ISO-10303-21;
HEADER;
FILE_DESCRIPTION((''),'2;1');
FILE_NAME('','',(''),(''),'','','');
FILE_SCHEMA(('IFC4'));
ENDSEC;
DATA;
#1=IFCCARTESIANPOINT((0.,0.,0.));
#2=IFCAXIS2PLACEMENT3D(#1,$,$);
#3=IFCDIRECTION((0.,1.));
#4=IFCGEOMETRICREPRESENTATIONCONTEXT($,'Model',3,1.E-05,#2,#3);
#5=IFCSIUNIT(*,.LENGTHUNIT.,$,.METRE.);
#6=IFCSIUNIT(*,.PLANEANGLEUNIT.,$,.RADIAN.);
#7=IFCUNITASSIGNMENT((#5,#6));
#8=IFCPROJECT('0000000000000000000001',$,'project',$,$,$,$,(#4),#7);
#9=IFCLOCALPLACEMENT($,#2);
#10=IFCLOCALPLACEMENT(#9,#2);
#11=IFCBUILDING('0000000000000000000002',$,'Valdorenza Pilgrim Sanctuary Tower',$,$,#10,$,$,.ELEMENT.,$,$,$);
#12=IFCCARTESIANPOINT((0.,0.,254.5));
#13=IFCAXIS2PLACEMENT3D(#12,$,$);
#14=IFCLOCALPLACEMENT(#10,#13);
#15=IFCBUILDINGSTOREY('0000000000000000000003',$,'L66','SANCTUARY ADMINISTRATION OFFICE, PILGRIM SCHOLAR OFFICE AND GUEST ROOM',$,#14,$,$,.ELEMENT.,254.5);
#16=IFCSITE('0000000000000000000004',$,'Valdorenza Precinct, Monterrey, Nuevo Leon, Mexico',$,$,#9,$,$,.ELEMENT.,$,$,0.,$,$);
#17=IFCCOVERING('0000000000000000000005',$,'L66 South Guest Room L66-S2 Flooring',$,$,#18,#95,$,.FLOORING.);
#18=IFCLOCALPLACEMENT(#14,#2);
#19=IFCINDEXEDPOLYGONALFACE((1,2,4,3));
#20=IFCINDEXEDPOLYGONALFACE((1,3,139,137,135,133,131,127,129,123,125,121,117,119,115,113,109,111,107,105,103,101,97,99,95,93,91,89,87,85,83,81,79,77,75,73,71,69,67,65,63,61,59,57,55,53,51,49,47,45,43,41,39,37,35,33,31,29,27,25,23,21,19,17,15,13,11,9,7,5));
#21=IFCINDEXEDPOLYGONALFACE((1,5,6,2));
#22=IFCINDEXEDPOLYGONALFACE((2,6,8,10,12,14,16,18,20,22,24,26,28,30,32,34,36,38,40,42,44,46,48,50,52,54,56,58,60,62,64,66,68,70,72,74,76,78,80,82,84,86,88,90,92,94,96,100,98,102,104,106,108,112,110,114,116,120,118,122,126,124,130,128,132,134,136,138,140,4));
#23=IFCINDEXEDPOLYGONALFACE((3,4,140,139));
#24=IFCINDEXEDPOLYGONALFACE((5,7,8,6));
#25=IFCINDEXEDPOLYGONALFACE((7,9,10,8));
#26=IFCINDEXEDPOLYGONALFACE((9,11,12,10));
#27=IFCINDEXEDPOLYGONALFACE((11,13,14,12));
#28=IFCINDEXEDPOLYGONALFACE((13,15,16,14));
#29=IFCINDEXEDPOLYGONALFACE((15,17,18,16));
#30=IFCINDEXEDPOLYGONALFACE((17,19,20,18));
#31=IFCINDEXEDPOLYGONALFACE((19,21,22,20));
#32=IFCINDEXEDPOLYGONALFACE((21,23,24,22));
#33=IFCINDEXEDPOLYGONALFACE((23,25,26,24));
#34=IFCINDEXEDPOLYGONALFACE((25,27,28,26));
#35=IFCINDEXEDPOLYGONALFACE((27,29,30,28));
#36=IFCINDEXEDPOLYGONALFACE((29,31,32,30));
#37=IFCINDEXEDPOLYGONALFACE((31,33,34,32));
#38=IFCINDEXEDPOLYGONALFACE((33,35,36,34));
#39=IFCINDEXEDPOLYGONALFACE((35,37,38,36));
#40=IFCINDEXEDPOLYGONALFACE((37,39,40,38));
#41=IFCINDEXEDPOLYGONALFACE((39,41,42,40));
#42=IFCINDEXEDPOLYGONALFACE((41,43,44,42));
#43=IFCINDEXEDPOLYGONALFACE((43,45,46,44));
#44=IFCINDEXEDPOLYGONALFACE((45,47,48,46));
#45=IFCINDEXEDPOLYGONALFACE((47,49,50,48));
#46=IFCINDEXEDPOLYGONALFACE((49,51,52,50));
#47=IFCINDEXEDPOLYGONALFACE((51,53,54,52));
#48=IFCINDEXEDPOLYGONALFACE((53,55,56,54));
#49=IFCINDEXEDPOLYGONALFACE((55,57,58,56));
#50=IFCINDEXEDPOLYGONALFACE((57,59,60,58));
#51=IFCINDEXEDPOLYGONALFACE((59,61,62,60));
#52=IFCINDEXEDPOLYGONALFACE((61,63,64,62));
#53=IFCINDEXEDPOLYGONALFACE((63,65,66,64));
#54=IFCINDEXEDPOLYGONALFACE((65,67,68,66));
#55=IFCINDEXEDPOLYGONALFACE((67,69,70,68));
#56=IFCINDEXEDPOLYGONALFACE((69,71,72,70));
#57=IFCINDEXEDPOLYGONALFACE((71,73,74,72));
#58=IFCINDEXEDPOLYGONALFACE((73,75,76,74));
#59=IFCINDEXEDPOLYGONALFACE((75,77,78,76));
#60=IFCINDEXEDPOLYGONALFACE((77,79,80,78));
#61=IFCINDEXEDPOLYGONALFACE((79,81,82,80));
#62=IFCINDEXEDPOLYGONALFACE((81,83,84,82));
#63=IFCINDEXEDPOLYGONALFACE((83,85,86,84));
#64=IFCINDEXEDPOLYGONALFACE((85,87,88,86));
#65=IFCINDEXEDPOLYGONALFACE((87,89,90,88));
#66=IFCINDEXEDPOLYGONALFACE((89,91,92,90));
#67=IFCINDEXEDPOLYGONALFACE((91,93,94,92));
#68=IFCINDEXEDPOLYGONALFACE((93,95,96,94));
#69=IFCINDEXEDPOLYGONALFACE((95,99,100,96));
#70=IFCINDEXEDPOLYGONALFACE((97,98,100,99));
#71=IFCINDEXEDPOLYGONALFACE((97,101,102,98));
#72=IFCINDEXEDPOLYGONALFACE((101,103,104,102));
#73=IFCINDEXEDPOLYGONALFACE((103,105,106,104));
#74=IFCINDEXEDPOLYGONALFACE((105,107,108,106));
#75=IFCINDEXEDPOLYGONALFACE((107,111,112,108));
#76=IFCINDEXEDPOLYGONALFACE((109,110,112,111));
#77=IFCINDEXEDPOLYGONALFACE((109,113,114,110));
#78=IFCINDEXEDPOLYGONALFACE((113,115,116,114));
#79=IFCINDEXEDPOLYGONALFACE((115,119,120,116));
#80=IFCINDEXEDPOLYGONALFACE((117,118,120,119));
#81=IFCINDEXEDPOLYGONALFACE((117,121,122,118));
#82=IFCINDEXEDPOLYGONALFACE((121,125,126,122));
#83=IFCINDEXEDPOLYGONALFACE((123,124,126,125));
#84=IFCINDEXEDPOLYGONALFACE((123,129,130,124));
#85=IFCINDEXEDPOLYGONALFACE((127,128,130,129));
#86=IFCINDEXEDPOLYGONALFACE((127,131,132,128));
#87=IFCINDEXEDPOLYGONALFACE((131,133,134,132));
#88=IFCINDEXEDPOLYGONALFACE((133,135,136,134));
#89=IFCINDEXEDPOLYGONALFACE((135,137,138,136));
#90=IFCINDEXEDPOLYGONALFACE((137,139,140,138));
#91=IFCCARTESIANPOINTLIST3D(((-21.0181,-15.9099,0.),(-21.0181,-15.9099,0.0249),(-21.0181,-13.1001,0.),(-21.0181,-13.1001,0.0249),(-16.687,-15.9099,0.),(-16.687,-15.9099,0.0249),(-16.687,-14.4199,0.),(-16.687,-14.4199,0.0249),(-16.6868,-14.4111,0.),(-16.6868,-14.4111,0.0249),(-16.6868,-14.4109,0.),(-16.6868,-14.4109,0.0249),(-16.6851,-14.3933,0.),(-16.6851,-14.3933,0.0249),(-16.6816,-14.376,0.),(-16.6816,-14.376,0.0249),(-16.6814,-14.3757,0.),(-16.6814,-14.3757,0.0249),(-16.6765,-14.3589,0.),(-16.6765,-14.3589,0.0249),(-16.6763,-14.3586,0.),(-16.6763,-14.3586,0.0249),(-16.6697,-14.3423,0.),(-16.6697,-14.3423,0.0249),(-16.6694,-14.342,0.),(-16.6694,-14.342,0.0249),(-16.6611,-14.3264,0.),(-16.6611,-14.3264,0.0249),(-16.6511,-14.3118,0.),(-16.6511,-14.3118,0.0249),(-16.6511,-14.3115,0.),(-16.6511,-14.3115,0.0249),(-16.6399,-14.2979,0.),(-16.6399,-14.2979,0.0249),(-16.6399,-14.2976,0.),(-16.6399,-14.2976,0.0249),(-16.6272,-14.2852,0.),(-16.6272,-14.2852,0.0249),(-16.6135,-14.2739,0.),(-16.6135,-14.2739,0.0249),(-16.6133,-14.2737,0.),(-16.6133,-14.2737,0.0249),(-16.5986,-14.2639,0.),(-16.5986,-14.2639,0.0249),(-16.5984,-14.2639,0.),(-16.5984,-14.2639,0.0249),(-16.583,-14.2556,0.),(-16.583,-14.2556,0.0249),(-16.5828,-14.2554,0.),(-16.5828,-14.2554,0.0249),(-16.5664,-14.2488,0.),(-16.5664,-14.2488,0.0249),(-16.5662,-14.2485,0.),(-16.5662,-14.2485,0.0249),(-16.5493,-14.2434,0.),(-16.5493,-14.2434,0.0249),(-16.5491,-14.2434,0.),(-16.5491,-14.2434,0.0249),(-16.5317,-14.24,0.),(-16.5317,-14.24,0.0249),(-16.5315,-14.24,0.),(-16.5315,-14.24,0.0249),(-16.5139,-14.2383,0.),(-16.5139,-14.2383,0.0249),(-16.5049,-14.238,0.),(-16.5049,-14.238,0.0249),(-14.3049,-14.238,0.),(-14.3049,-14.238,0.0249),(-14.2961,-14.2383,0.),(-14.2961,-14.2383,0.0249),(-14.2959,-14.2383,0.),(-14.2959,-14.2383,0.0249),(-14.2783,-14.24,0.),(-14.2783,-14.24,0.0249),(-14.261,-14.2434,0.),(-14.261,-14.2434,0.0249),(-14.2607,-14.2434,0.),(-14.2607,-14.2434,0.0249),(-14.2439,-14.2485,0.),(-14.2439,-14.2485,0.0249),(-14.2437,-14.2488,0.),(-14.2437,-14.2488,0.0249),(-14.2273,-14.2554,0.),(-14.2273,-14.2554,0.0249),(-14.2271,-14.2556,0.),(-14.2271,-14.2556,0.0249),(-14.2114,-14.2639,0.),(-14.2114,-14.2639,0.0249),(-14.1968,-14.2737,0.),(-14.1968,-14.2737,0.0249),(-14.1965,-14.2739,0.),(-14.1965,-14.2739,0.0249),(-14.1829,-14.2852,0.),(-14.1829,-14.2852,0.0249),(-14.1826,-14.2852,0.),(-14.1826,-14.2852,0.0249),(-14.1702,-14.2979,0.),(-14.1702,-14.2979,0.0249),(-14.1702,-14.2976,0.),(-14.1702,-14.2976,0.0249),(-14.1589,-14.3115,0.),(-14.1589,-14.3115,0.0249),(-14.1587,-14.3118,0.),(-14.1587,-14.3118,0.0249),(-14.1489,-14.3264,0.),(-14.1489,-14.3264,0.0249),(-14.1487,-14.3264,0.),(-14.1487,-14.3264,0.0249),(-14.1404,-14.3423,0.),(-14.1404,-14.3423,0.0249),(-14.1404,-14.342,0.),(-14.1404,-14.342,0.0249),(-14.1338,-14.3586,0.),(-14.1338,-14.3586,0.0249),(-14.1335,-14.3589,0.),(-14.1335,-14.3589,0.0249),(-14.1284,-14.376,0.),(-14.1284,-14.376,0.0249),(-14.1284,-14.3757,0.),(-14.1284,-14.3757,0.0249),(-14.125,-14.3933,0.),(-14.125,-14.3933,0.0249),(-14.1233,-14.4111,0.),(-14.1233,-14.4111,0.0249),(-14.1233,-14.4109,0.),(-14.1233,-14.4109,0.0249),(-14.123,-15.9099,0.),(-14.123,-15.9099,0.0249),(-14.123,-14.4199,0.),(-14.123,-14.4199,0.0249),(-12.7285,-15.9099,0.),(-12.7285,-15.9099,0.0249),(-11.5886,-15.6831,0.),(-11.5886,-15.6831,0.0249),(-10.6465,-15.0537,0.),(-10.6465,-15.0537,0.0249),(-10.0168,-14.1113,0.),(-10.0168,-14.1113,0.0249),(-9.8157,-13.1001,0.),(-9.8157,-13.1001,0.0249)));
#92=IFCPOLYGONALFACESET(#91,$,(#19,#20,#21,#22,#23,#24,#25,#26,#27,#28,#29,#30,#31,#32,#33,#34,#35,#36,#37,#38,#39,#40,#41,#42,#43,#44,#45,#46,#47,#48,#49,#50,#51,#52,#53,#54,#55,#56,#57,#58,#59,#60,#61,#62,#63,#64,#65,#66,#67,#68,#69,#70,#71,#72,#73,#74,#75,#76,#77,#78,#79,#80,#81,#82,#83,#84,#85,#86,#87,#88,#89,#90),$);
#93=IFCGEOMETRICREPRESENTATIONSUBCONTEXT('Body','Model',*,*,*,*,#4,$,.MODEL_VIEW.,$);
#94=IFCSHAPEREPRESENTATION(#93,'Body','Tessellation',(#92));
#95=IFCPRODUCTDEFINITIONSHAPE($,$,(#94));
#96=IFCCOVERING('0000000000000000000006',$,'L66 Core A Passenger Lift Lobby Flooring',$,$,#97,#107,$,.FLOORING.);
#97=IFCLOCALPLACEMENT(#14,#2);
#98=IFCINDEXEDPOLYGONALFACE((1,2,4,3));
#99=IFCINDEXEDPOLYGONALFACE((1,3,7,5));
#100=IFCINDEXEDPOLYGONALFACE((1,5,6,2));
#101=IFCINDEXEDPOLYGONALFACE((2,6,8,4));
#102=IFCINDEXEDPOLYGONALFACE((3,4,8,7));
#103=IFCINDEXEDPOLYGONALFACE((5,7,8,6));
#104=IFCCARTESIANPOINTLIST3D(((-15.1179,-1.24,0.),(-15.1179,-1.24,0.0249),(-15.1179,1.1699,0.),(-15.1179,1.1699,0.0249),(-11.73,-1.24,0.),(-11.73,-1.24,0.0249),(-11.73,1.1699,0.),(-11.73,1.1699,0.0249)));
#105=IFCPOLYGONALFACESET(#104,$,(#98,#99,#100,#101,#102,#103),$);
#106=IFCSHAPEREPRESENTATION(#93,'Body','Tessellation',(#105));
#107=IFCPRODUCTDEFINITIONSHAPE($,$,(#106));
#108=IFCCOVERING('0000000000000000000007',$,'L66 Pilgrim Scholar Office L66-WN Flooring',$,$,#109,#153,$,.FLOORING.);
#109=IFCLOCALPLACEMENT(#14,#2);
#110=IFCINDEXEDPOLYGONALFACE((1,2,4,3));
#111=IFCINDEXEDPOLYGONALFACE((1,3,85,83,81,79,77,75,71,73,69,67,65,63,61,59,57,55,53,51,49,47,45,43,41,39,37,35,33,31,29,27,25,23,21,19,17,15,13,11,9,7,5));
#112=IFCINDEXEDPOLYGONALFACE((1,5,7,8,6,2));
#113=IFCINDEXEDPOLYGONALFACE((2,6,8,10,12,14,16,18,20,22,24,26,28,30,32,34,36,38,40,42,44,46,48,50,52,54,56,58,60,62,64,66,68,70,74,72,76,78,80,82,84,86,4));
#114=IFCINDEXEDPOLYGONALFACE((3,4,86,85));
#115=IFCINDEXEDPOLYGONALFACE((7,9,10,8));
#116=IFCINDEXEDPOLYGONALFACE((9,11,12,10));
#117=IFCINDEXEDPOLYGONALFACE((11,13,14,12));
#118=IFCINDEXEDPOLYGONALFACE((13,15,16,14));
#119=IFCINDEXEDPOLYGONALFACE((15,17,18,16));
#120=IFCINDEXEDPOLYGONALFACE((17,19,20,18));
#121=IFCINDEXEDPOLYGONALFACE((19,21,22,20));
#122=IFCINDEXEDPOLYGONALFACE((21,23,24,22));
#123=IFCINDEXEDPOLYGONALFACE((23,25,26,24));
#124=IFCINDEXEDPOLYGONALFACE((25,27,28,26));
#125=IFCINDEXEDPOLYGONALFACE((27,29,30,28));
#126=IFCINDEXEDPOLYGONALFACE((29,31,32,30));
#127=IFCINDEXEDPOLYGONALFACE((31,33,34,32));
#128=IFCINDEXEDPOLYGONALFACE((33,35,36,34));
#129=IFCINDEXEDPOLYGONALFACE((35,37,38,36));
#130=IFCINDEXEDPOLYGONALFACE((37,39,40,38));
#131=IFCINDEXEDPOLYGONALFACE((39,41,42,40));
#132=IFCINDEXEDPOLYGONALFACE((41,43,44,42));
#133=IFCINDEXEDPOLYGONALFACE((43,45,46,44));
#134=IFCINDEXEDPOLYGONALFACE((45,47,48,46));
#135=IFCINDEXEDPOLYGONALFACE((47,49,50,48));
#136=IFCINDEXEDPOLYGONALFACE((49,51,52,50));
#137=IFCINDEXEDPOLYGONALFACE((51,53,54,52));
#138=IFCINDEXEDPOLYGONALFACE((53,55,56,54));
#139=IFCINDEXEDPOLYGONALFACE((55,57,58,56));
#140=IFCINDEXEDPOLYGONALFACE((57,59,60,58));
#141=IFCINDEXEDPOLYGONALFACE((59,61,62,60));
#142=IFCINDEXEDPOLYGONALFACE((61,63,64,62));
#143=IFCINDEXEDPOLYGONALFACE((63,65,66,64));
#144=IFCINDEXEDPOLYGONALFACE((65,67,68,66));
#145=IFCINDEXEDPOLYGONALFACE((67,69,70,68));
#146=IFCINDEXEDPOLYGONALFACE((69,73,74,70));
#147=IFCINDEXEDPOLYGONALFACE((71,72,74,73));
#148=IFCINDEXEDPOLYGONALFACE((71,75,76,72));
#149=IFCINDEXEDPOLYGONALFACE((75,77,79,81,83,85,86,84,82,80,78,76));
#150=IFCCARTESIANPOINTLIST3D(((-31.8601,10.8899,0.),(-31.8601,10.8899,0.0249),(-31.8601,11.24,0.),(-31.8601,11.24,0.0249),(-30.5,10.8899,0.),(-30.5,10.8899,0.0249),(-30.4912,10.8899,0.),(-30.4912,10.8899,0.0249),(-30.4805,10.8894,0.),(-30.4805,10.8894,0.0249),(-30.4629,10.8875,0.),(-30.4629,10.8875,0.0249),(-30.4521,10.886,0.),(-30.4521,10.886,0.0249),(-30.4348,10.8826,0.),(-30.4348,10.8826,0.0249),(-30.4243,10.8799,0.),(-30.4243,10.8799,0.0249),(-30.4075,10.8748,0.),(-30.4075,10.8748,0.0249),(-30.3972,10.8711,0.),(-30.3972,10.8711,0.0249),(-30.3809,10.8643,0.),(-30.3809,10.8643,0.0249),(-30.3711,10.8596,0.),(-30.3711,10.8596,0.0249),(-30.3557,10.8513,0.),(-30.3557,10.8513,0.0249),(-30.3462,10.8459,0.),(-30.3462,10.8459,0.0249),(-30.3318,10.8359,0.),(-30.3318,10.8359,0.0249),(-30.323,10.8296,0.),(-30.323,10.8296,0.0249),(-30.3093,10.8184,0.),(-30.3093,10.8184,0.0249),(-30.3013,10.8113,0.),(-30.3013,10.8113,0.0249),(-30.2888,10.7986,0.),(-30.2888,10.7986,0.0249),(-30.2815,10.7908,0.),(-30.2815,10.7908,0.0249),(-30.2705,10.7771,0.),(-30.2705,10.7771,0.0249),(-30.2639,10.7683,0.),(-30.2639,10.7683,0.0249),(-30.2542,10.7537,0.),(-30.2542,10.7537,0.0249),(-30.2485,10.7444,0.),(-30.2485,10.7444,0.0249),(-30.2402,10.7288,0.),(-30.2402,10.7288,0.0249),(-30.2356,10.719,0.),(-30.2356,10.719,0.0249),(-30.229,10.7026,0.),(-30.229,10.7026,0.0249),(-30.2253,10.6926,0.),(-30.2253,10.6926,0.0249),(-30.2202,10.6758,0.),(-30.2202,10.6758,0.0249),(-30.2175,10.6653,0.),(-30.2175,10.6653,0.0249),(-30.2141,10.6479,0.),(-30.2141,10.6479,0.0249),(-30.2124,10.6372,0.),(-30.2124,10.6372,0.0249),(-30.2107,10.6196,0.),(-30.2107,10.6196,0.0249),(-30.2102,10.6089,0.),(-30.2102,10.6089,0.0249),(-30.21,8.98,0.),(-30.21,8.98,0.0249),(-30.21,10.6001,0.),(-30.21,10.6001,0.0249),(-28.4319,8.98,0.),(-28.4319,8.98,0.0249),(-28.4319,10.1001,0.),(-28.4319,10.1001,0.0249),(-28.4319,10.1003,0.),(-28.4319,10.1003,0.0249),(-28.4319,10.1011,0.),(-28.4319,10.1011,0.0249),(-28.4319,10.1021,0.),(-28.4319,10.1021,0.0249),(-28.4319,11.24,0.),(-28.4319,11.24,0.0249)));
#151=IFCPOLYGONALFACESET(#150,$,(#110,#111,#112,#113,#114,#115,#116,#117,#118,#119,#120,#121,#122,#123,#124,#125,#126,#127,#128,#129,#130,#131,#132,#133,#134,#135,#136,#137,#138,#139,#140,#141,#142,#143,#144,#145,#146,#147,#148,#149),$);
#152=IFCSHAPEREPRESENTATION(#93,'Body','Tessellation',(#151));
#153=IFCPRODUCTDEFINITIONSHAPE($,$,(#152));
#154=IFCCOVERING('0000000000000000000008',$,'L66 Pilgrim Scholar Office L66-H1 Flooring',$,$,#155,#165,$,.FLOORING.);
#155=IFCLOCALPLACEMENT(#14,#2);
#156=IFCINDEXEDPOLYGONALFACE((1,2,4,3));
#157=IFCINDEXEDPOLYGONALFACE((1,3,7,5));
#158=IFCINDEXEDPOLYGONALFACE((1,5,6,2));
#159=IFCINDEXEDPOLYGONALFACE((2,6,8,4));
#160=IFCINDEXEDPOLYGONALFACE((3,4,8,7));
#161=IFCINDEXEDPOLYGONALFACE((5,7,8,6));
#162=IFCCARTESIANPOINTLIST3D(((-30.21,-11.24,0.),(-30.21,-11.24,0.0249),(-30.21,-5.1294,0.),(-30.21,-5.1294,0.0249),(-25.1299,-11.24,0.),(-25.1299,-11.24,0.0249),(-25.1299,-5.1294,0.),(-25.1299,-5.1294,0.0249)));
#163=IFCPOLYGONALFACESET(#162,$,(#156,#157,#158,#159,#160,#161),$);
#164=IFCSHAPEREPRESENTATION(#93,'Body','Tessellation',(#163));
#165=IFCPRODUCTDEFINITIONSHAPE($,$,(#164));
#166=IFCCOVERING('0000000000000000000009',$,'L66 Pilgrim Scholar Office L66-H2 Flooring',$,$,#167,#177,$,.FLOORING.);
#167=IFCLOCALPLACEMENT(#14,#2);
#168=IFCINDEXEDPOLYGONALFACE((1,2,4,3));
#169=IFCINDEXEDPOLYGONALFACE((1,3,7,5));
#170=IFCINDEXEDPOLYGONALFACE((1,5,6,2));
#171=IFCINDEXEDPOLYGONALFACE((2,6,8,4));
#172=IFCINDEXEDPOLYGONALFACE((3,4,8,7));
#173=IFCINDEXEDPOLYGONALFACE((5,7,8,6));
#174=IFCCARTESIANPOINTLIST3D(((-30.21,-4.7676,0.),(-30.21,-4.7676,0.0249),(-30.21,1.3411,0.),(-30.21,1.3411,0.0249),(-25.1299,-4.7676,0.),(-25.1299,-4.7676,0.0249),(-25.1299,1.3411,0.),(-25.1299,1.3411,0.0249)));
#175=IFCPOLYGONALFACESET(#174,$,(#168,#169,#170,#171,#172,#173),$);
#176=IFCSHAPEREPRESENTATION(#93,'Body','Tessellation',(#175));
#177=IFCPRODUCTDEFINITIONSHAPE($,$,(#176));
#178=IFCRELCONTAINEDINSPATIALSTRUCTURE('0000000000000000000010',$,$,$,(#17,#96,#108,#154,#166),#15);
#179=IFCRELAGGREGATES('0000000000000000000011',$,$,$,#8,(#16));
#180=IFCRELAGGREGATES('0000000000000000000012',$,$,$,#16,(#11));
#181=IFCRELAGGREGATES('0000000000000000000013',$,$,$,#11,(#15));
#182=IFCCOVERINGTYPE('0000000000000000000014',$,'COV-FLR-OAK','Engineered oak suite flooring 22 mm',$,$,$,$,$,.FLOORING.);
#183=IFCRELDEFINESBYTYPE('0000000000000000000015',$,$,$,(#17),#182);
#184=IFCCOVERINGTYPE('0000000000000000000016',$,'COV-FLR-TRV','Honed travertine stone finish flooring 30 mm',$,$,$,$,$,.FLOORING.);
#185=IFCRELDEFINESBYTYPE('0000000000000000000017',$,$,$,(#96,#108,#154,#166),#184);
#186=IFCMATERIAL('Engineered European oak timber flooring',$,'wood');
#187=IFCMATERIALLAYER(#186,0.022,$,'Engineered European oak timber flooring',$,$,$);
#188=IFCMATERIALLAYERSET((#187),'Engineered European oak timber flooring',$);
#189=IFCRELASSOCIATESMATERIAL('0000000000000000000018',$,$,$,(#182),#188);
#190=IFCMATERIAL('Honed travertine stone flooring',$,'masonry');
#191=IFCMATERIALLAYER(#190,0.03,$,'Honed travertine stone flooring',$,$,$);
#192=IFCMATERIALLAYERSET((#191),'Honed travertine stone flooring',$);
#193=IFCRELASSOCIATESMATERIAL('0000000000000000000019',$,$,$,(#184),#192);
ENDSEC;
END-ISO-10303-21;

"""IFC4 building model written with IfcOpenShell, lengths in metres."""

from ifc_helpers import new_model, si_unit, direction, frame, origin, place, context, subcontext, project, spatial, polyline, outline, extrude, material, layer, layer_set, type_object, element, save


model = new_model("IFC4")

# Units and contexts
model_context = context("Model", 3, precision=1e-05, world=origin(), true_north=direction((0.0, 1.0)))
body_context = subcontext(model_context, "Body", "Model", "MODEL_VIEW")
ifc_project = project(units=[si_unit("LENGTHUNIT", "METRE"), si_unit("PLANEANGLEUNIT", "RADIAN")], contexts=[model_context])

# Site, building, storey
site_placement = place(None, origin())
site = spatial("IfcSite", under=ifc_project, at=site_placement, Name="Valdorenza Precinct, Monterrey, Nuevo Leon, Mexico", CompositionType="ELEMENT", RefElevation=0.0)
building_placement = place(site_placement, origin())
building = spatial("IfcBuilding", under=site, at=building_placement, Name="Valdorenza Pilgrim Sanctuary Tower", CompositionType="ELEMENT")
storey_placement = place(building_placement, frame((0.0, 0.0, 254.5)))
storey = spatial("IfcBuildingStorey", under=building, at=storey_placement, Name="L66", Description="SANCTUARY ADMINISTRATION OFFICE, PILGRIM SCHOLAR OFFICE AND GUEST ROOM", CompositionType="ELEMENT", Elevation=254.5)

# Coverings
ifc_material_1 = material(Name="Engineered European oak timber flooring", Category="wood")
ifc_layer_1 = layer(ifc_material_1, 0.022, Name="Engineered European oak timber flooring")
ifc_layer_set_1 = layer_set([ifc_layer_1], Name="Engineered European oak timber flooring")
covering_type_1 = type_object("IfcCoveringType", Name="COV-FLR-OAK", Description="Engineered oak suite flooring 22 mm", PredefinedType="FLOORING", material=ifc_layer_set_1)
covering_1_placement = place(storey_placement, origin())
element("IfcCovering", 1, at=covering_1_placement, inside=storey, type_object=covering_type_1, Name="L66 South Guest Room L66-S2 Flooring", PredefinedType="FLOORING", context=body_context, shape_type="SweptSolid", body=[
    extrude(outline(polyline([(-16.687, -15.9099), (-21.0181, -15.9099), (-21.0181, -13.1001), (-9.8157, -13.1001), (-10.0168, -14.1113), (-10.6465, -15.0537), (-11.5886, -15.6831), (-12.7285, -15.9099), (-14.123, -15.9099), (-14.123, -14.4199), (-14.1233, -14.4111), (-14.1233, -14.4109), (-14.125, -14.3933), (-14.125, -14.3933), (-14.1284, -14.376), (-14.1284, -14.3757), (-14.1335, -14.3589), (-14.1338, -14.3586), (-14.1404, -14.3423), (-14.1404, -14.342), (-14.1487, -14.3264), (-14.1489, -14.3264), (-14.1587, -14.3118), (-14.1589, -14.3115), (-14.1702, -14.2979), (-14.1702, -14.2976), (-14.1826, -14.2852), (-14.1829, -14.2852), (-14.1965, -14.2739), (-14.1968, -14.2737), (-14.2114, -14.2639), (-14.2114, -14.2639), (-14.2271, -14.2556), (-14.2273, -14.2554), (-14.2437, -14.2488), (-14.2439, -14.2485), (-14.2607, -14.2434), (-14.261, -14.2434), (-14.2783, -14.24), (-14.2783, -14.24), (-14.2959, -14.2383), (-14.2961, -14.2383), (-14.3049, -14.238), (-16.5049, -14.238), (-16.5139, -14.2383), (-16.5139, -14.2383), (-16.5315, -14.24), (-16.5317, -14.24), (-16.5491, -14.2434), (-16.5493, -14.2434), (-16.5662, -14.2485), (-16.5664, -14.2488), (-16.5828, -14.2554), (-16.583, -14.2556), (-16.5984, -14.2639), (-16.5986, -14.2639), (-16.6133, -14.2737), (-16.6135, -14.2739), (-16.6272, -14.2852), (-16.6272, -14.2852), (-16.6399, -14.2976), (-16.6399, -14.2979), (-16.6511, -14.3115), (-16.6511, -14.3118), (-16.6611, -14.3264), (-16.6611, -14.3264), (-16.6694, -14.342), (-16.6697, -14.3423), (-16.6763, -14.3586), (-16.6765, -14.3589), (-16.6814, -14.3757), (-16.6816, -14.376), (-16.6851, -14.3933), (-16.6851, -14.3933), (-16.6868, -14.4109), (-16.6868, -14.4111), (-16.687, -14.4199), (-16.687, -15.9099)])), origin(), (0.0, 0.0, 1.0), 0.0249),
])
ifc_material_2 = material(Name="Honed travertine stone flooring", Category="masonry")
ifc_layer_2 = layer(ifc_material_2, 0.03, Name="Honed travertine stone flooring")
ifc_layer_set_2 = layer_set([ifc_layer_2], Name="Honed travertine stone flooring")
covering_type_2 = type_object("IfcCoveringType", Name="COV-FLR-TRV", Description="Honed travertine stone finish flooring 30 mm", PredefinedType="FLOORING", material=ifc_layer_set_2)
covering_2_placement = place(storey_placement, origin())
element("IfcCovering", 2, at=covering_2_placement, inside=storey, type_object=covering_type_2, Name="L66 Core A Passenger Lift Lobby Flooring", PredefinedType="FLOORING", context=body_context, shape_type="SweptSolid", body=[
    extrude(outline(polyline([(-15.1179, 1.1699), (-11.73, 1.1699), (-11.73, -1.24), (-15.1179, -1.24), (-15.1179, 1.1699)])), origin(), (0.0, 0.0, 1.0), 0.0249),
])
covering_3_placement = place(storey_placement, origin())
element("IfcCovering", 3, at=covering_3_placement, inside=storey, type_object=covering_type_2, Name="L66 Pilgrim Scholar Office L66-WN Flooring", PredefinedType="FLOORING", context=body_context, shape_type="SweptSolid", body=[
    extrude(outline(polyline([(-28.4319, 11.24), (-28.4319, 10.1021), (-28.4319, 10.1011), (-28.4319, 10.1003), (-28.4319, 10.1001), (-28.4319, 8.98), (-30.21, 8.98), (-30.21, 10.6001), (-30.2102, 10.6089), (-30.2107, 10.6196), (-30.2124, 10.6372), (-30.2141, 10.6479), (-30.2175, 10.6653), (-30.2202, 10.6758), (-30.2253, 10.6926), (-30.229, 10.7026), (-30.2356, 10.719), (-30.2402, 10.7288), (-30.2485, 10.7444), (-30.2542, 10.7537), (-30.2639, 10.7683), (-30.2705, 10.7771), (-30.2815, 10.7908), (-30.2888, 10.7986), (-30.3013, 10.8113), (-30.3093, 10.8184), (-30.323, 10.8296), (-30.3318, 10.8359), (-30.3462, 10.8459), (-30.3557, 10.8513), (-30.3711, 10.8596), (-30.3809, 10.8643), (-30.3972, 10.8711), (-30.4075, 10.8748), (-30.4243, 10.8799), (-30.4348, 10.8826), (-30.4521, 10.886), (-30.4629, 10.8875), (-30.4805, 10.8894), (-30.4912, 10.8899), (-30.5, 10.8899), (-31.8601, 10.8899), (-31.8601, 11.24), (-28.4319, 11.24)])), origin(), (0.0, 0.0, 1.0), 0.0249),
])
covering_4_placement = place(storey_placement, origin())
element("IfcCovering", 4, at=covering_4_placement, inside=storey, type_object=covering_type_2, Name="L66 Pilgrim Scholar Office L66-H1 Flooring", PredefinedType="FLOORING", context=body_context, shape_type="SweptSolid", body=[
    extrude(outline(polyline([(-25.1299, -11.24), (-30.21, -11.24), (-30.21, -5.1294), (-25.1299, -5.1294), (-25.1299, -11.24)])), origin(), (0.0, 0.0, 1.0), 0.0249),
])
covering_5_placement = place(storey_placement, origin())
element("IfcCovering", 5, at=covering_5_placement, inside=storey, type_object=covering_type_2, Name="L66 Pilgrim Scholar Office L66-H2 Flooring", PredefinedType="FLOORING", context=body_context, shape_type="SweptSolid", body=[
    extrude(outline(polyline([(-25.1299, -4.7676), (-30.21, -4.7676), (-30.21, 1.3411), (-25.1299, 1.3411), (-25.1299, -4.7676)])), origin(), (0.0, 0.0, 1.0), 0.0249),
])

save(model, "model.ifc")
